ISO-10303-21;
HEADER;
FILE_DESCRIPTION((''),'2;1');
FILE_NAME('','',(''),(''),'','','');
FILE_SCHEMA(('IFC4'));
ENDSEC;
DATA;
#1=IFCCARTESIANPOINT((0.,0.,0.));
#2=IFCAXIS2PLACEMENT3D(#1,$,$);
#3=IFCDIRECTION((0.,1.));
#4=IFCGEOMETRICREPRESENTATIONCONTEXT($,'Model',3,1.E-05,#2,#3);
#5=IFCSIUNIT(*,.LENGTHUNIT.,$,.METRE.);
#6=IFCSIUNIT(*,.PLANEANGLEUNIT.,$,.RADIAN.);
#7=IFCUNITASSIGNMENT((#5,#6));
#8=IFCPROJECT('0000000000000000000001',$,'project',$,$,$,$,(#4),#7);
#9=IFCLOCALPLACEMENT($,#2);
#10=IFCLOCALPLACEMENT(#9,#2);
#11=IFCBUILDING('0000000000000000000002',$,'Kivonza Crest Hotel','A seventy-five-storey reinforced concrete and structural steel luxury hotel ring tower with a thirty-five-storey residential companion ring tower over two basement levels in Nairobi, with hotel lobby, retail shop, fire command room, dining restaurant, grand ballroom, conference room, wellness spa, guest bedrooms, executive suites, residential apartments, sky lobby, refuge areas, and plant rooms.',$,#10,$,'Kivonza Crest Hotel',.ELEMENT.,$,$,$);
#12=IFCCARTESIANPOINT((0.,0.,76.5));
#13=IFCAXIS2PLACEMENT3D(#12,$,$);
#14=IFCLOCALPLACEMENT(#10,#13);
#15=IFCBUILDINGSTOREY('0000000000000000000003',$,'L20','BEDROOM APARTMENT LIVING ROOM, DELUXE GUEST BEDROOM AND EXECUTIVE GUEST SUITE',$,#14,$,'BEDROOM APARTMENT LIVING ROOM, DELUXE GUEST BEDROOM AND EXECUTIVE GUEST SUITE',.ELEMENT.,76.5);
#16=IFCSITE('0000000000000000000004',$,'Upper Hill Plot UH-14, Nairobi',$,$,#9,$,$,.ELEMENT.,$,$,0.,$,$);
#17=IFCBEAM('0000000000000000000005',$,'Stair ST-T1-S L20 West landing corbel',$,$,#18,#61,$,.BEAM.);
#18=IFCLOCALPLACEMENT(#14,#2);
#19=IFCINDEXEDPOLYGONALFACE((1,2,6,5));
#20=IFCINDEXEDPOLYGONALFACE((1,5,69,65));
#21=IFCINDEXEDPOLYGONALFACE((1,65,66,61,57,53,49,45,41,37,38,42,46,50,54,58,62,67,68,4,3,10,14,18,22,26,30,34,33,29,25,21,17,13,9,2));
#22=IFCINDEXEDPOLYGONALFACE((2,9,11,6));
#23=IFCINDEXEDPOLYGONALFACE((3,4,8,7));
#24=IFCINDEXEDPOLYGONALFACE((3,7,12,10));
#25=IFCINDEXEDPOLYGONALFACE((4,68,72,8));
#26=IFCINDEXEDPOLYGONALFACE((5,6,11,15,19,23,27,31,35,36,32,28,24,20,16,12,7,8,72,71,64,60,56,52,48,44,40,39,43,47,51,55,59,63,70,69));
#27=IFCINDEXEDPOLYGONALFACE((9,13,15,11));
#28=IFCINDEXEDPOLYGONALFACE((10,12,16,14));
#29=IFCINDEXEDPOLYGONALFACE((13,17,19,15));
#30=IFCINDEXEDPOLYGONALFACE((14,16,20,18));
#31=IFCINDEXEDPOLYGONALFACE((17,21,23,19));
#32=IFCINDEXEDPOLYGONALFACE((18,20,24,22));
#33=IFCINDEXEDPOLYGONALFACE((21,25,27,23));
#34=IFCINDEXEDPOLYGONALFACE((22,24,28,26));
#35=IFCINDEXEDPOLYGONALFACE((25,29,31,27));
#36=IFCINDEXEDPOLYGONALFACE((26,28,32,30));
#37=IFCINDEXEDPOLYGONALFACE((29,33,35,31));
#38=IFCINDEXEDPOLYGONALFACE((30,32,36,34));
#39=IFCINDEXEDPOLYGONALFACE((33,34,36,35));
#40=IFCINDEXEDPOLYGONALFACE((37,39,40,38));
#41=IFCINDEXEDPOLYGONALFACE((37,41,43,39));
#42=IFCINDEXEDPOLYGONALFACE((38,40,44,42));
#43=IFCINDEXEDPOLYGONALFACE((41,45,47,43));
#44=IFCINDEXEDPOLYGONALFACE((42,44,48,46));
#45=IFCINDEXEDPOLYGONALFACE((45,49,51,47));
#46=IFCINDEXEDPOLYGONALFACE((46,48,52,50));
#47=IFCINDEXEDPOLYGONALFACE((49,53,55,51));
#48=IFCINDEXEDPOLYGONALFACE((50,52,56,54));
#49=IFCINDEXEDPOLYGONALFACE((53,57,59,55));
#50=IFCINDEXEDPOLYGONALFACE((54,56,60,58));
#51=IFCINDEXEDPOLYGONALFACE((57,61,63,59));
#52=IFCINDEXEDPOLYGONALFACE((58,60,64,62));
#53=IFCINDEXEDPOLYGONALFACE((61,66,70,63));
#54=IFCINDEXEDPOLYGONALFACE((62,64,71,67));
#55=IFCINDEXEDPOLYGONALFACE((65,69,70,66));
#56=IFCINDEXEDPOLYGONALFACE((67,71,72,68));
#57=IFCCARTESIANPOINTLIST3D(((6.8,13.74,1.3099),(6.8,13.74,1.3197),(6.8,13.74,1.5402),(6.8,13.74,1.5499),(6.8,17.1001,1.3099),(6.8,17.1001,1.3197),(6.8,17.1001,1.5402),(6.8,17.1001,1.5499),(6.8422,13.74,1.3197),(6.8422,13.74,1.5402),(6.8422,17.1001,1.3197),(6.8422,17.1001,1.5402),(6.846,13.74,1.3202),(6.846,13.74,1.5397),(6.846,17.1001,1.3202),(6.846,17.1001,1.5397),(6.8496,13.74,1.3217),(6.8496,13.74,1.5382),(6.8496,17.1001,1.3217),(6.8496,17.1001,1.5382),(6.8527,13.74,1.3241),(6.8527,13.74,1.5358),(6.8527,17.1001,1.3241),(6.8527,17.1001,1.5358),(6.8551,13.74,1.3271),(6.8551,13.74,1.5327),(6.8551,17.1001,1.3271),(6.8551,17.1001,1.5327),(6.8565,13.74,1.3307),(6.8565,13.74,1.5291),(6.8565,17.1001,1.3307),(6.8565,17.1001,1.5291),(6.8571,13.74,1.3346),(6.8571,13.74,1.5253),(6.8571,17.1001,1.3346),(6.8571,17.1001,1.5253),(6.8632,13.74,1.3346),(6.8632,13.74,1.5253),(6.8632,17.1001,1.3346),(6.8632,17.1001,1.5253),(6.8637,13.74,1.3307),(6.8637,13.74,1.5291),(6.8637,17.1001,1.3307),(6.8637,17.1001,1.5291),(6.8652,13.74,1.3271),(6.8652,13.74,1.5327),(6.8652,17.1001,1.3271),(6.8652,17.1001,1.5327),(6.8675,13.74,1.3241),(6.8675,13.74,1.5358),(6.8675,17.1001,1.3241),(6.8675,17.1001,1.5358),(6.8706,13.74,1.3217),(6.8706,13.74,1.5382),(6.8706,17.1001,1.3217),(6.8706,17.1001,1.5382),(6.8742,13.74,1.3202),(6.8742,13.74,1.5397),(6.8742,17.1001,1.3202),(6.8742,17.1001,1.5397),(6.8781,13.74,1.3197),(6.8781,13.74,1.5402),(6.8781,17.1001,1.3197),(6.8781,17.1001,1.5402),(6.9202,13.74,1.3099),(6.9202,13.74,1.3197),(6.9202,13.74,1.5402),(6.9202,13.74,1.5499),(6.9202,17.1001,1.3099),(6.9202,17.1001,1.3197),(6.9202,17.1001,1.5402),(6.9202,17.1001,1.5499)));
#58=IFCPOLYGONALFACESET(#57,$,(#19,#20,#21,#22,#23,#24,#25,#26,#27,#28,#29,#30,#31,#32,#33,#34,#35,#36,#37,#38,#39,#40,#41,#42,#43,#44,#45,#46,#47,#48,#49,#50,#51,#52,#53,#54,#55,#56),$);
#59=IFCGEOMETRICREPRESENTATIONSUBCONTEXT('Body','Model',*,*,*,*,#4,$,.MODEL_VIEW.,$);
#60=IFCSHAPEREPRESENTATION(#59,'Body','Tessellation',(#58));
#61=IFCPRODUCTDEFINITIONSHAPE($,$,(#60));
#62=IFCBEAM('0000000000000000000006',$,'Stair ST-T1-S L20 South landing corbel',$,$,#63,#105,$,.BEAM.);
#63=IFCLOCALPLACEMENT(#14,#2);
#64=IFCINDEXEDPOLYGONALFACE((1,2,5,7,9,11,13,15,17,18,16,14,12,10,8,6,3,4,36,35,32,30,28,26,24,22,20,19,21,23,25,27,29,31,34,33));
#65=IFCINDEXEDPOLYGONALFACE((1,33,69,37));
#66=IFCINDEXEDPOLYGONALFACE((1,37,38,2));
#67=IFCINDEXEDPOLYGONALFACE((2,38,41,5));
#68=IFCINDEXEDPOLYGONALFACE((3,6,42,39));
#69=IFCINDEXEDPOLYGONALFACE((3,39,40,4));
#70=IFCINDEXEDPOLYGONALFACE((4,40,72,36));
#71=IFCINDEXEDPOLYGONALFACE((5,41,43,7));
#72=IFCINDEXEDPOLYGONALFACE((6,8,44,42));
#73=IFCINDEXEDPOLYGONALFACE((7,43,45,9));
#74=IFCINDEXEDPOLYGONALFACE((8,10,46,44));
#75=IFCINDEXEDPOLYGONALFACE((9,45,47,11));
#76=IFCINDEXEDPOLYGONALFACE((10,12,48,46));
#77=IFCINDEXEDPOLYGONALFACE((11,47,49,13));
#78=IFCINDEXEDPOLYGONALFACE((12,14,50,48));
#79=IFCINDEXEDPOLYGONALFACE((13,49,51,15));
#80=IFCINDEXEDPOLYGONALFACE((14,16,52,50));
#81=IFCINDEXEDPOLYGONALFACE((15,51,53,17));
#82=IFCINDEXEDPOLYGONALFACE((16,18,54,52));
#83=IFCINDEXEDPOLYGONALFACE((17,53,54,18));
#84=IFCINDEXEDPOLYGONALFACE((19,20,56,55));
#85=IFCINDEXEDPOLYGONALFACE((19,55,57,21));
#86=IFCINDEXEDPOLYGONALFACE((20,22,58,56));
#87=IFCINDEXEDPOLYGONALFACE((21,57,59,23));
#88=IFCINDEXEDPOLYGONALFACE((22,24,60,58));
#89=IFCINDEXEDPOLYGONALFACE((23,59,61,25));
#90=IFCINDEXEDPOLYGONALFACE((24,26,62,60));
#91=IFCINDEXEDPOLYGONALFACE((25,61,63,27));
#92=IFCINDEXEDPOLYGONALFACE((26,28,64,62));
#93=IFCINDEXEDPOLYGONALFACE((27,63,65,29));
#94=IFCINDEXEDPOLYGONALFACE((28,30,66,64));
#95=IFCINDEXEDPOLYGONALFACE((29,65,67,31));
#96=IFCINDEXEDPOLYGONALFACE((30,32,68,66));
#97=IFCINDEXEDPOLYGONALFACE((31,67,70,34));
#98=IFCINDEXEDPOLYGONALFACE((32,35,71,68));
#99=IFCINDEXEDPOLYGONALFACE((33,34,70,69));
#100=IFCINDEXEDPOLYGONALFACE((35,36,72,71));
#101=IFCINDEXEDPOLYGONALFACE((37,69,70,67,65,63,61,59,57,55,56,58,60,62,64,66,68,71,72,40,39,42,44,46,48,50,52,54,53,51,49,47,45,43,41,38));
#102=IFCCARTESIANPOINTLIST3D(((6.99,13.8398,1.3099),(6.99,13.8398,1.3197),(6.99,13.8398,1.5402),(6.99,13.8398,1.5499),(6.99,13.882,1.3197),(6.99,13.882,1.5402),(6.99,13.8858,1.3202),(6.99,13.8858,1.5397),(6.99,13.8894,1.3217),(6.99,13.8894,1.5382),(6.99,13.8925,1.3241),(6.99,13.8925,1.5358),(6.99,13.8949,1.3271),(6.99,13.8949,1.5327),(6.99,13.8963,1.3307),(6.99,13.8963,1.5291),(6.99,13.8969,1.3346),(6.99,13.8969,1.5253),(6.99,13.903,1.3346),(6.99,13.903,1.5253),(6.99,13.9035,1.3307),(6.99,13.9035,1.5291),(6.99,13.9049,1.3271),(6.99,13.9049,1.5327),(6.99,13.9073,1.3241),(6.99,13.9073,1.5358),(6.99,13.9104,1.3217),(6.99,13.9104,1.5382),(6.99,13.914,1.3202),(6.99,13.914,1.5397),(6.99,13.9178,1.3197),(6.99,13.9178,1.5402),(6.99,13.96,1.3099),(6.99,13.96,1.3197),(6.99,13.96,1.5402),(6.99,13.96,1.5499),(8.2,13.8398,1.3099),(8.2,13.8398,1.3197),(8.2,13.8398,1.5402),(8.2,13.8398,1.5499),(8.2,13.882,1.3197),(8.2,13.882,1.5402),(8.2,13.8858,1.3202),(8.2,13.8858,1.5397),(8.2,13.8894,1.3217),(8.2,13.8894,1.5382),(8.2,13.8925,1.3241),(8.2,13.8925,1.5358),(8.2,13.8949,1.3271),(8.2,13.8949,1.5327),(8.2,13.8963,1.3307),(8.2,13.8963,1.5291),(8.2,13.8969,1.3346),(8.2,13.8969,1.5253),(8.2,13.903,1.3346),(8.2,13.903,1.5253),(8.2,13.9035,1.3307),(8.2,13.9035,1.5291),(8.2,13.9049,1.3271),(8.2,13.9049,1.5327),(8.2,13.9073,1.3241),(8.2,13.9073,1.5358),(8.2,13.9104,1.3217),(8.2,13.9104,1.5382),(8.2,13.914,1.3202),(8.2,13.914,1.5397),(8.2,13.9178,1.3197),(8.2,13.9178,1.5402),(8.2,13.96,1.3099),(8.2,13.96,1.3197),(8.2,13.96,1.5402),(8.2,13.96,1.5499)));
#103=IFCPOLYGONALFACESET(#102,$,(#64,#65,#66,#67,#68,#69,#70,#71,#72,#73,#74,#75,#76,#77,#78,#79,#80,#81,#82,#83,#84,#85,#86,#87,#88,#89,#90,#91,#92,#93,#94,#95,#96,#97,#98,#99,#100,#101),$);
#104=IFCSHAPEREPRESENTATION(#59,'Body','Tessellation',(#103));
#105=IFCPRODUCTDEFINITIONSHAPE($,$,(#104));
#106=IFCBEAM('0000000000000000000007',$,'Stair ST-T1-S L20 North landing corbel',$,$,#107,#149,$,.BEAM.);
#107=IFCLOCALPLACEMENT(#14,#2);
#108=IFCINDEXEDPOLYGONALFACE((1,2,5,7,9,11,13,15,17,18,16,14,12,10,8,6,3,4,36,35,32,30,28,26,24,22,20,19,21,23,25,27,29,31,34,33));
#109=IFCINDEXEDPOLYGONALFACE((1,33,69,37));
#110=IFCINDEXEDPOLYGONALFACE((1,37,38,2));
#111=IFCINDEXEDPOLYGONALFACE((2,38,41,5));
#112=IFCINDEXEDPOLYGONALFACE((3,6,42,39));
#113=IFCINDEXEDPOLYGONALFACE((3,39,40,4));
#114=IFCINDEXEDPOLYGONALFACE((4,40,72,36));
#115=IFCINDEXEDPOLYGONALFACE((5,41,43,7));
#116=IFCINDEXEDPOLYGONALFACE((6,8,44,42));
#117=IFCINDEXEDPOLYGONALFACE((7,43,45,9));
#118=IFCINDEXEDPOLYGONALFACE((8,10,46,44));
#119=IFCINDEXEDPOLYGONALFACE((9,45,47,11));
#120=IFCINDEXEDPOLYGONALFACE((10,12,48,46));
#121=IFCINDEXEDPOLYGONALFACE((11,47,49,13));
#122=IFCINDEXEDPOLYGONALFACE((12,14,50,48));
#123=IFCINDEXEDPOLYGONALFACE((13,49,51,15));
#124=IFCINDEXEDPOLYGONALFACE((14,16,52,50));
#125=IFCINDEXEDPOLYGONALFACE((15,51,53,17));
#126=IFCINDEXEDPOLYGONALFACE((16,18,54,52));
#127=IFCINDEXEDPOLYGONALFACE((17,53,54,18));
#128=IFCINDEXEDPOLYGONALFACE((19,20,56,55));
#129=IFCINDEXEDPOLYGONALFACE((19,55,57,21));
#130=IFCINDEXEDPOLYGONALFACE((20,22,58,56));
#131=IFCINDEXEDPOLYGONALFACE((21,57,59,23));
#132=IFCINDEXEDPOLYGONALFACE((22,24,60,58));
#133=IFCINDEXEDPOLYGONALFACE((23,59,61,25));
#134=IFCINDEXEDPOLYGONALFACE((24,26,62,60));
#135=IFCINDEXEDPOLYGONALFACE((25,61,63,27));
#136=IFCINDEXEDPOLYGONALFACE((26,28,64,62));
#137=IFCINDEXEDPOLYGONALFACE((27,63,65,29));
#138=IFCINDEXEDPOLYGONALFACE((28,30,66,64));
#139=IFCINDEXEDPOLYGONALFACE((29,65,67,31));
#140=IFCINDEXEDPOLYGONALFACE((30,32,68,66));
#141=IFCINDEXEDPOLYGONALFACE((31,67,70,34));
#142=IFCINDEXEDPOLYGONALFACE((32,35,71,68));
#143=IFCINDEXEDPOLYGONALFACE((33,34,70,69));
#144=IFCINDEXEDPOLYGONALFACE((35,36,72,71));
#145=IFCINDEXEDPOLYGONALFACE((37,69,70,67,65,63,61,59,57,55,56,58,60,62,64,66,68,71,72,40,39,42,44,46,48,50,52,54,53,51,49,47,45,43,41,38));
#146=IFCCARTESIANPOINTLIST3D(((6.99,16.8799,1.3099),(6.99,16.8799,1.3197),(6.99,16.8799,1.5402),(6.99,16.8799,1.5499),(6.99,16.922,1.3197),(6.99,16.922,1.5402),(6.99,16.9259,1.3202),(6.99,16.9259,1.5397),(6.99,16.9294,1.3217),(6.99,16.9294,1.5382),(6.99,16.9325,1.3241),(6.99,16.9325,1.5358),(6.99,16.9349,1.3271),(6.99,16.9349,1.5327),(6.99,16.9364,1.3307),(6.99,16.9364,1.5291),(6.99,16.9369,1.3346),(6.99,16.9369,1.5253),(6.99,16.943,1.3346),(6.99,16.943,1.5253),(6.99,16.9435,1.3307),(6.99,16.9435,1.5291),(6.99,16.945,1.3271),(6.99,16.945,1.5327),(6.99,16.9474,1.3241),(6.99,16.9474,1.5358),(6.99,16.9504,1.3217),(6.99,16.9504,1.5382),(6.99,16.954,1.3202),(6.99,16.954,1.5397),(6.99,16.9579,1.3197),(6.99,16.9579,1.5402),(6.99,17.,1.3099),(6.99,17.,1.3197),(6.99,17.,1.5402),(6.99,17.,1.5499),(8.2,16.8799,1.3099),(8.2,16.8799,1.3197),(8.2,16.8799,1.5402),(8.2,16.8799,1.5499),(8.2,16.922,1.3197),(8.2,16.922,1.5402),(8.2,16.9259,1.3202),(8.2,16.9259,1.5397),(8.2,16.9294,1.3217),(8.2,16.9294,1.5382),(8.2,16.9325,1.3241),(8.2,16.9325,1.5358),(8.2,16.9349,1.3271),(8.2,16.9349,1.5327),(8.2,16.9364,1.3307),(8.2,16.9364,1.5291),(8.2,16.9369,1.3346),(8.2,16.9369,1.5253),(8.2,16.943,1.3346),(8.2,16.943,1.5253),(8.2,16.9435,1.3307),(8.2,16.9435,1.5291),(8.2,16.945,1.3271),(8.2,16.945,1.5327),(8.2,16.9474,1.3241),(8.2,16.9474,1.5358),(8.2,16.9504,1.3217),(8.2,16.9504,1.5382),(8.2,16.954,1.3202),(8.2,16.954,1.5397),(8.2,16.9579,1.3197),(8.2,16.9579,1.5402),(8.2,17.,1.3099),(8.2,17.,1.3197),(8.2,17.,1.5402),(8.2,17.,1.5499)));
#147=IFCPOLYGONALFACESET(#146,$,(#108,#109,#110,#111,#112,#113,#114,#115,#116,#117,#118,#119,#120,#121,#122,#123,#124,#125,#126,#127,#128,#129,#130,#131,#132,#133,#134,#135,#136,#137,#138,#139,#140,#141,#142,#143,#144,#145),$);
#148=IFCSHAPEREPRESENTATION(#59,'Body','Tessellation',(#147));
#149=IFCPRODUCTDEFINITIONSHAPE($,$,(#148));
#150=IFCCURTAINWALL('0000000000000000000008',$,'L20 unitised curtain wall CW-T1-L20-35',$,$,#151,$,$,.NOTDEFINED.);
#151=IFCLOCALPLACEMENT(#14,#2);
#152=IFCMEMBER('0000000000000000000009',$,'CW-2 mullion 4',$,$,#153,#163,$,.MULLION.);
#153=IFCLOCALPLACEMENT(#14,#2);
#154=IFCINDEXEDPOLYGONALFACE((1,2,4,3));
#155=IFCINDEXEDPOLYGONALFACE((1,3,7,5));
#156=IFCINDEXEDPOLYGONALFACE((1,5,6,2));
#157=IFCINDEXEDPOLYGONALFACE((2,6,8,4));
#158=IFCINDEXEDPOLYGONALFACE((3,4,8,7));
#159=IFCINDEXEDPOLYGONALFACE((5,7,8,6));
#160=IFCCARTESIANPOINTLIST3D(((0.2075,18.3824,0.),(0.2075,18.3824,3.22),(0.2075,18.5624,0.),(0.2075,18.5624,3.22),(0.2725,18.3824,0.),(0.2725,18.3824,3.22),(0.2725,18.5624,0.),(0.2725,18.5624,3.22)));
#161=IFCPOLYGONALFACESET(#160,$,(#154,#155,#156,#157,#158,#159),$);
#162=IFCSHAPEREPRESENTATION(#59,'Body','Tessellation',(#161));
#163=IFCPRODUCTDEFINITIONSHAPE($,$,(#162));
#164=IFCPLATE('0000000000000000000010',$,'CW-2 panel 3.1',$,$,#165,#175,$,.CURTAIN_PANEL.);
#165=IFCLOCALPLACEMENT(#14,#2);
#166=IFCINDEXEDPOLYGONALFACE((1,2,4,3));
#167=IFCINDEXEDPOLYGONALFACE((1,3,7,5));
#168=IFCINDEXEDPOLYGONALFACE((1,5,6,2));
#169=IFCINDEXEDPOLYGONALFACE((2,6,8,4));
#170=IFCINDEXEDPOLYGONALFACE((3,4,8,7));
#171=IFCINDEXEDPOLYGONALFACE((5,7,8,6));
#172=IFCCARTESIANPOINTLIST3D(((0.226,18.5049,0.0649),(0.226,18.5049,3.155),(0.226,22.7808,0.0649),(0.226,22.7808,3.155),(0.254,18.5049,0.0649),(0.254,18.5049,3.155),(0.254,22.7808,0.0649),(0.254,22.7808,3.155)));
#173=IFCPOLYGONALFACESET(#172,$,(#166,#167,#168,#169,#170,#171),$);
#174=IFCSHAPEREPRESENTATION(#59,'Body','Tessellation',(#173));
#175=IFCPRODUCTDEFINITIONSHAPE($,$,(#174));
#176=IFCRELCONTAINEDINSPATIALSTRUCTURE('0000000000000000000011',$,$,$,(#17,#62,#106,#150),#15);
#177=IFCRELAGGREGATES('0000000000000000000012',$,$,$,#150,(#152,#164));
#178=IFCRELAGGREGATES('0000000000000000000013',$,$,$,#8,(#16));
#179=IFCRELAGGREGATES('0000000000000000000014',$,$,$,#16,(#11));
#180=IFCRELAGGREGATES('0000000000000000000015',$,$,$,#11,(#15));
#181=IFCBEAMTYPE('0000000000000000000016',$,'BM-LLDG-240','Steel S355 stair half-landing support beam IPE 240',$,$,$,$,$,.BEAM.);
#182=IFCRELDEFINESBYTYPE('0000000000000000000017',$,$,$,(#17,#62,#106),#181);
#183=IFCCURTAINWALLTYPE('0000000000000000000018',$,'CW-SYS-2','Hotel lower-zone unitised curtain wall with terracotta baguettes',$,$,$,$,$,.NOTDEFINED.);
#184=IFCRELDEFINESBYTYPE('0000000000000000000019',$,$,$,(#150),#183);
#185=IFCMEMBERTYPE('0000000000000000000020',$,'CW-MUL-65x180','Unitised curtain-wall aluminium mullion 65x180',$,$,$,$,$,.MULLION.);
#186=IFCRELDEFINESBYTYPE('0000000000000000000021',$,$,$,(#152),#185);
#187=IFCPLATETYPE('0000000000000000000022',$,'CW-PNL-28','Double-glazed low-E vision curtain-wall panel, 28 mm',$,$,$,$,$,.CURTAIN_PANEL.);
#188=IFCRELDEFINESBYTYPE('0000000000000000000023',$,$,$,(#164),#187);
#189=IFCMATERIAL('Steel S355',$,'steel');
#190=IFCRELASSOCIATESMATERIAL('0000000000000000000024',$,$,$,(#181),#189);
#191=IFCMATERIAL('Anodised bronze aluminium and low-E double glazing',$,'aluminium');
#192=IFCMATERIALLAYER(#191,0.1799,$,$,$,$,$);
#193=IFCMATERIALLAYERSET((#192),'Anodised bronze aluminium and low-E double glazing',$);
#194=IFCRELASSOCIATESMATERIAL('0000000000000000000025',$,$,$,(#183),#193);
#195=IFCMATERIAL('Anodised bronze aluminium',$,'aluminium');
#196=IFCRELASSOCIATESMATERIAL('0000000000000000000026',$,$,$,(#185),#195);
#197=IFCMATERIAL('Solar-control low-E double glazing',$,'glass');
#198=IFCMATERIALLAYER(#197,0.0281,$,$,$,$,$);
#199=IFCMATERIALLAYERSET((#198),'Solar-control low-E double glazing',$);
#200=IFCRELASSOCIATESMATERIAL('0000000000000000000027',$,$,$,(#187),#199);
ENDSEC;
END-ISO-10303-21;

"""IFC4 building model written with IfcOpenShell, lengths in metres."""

from ifc_helpers import new_model, si_unit, direction, frame, origin, origin_2d, place, context, subcontext, project, spatial, rectangle, i_section, extrude, material, layer, layer_set, material_profile, profile_set, type_object, element, aggregate, save


model = new_model("IFC4")

# Units and contexts
model_context = context("Model", 3, precision=1e-05, world=origin(), true_north=direction((0.0, 1.0)))
body_context = subcontext(model_context, "Body", "Model", "MODEL_VIEW")
ifc_project = project(units=[si_unit("LENGTHUNIT", "METRE"), si_unit("PLANEANGLEUNIT", "RADIAN")], contexts=[model_context])

# Site, building, storey
site_placement = place(None, origin())
site = spatial("IfcSite", under=ifc_project, at=site_placement, Name="Upper Hill Plot UH-14, Nairobi", CompositionType="ELEMENT", RefElevation=0.0)
building_placement = place(site_placement, origin())
building = spatial("IfcBuilding", under=site, at=building_placement, Name="Kivonza Crest Hotel", Description="A seventy-five-storey reinforced concrete and structural steel luxury hotel ring tower with a thirty-five-storey residential companion ring tower over two basement levels in Nairobi, with hotel lobby, retail shop, fire command room, dining restaurant, grand ballroom, conference room, wellness spa, guest bedrooms, executive suites, residential apartments, sky lobby, refuge areas, and plant rooms.", LongName="Kivonza Crest Hotel", CompositionType="ELEMENT")
storey_placement = place(building_placement, frame((0.0, 0.0, 76.5)))
storey = spatial("IfcBuildingStorey", under=building, at=storey_placement, Name="L20", Description="BEDROOM APARTMENT LIVING ROOM, DELUXE GUEST BEDROOM AND EXECUTIVE GUEST SUITE", LongName="BEDROOM APARTMENT LIVING ROOM, DELUXE GUEST BEDROOM AND EXECUTIVE GUEST SUITE", CompositionType="ELEMENT", Elevation=76.5)

# Beams
ifc_material_1 = material(Name="Steel S355", Category="steel")
ifc_material_profile_1 = material_profile(ifc_material_1, i_section(OverallWidth=0.1201, OverallDepth=0.24, WebThickness=0.0061, FlangeThickness=0.0098, FilletRadius=0.0149, at=origin_2d()), Name="IPE 240")
ifc_profile_set_1 = profile_set([ifc_material_profile_1], Name="Steel S355")
beam_type_1 = type_object("IfcBeamType", Name="BM-LLDG-240", Description="Steel S355 stair half-landing support beam IPE 240", PredefinedType="BEAM", material=ifc_profile_set_1)
beam_1_placement = place(storey_placement, frame((6.8601, 13.74, 1.4299), z_axis=(0.0, 1.0, 0.0), x_axis=(-1.0, 0.0, 0.0)))
element("IfcBeam", 1, at=beam_1_placement, inside=storey, type_object=beam_type_1, Name="Stair ST-T1-S L20 West landing corbel", PredefinedType="BEAM", context=body_context, shape_type="SweptSolid", body=[
    extrude(i_section(OverallWidth=0.1201, OverallDepth=0.24, WebThickness=0.0061, FlangeThickness=0.0098, FilletRadius=0.0149, at=origin_2d()), origin(), (0.0, 0.0, 1.0), 3.3601),
])
for number, where, z_axis, x_axis, name in (
    (2, (6.99, 13.8999, 1.4299), (1.0, 0.0, 0.0), (0.0, 1.0, 0.0), "Stair ST-T1-S L20 South landing corbel"),
    (3, (6.99, 16.9399, 1.4299), (1.0, 0.0, 0.0), (0.0, 1.0, 0.0), "Stair ST-T1-S L20 North landing corbel"),
):
    element("IfcBeam", number, at=place(storey_placement, frame(where, z_axis=z_axis, x_axis=x_axis)), inside=storey, type_object=beam_type_1, Name=name, PredefinedType="BEAM", context=body_context, shape_type="SweptSolid", body=[
        extrude(i_section(OverallWidth=0.1201, OverallDepth=0.24, WebThickness=0.0061, FlangeThickness=0.0098, FilletRadius=0.0149, at=origin_2d()), origin(), (0.0, 0.0, 1.0), 1.21),
    ])

# Curtain wall, member, plate
ifc_material_2 = material(Name="Anodised bronze aluminium and low-E double glazing", Category="aluminium")
ifc_layer_1 = layer(ifc_material_2, 0.1799)
ifc_layer_set_1 = layer_set([ifc_layer_1], Name="Anodised bronze aluminium and low-E double glazing")
curtain_wall_type = type_object("IfcCurtainWallType", Name="CW-SYS-2", Description="Hotel lower-zone unitised curtain wall with terracotta baguettes", PredefinedType="NOTDEFINED", material=ifc_layer_set_1)
curtain_wall_placement = place(storey_placement, origin())
curtain_wall = element("IfcCurtainWall", 4, at=curtain_wall_placement, inside=storey, type_object=curtain_wall_type, Name="L20 unitised curtain wall CW-T1-L20-35", PredefinedType="NOTDEFINED")
ifc_material_3 = material(Name="Anodised bronze aluminium", Category="aluminium")
ifc_material_profile_2 = material_profile(ifc_material_3, rectangle(XDim=0.0649, YDim=0.1799, at=origin_2d()), Name="CW-M 65x180")
ifc_profile_set_2 = profile_set([ifc_material_profile_2], Name="Anodised bronze aluminium")
member_type = type_object("IfcMemberType", Name="CW-MUL-65x180", Description="Unitised curtain-wall aluminium mullion 65x180", PredefinedType="MULLION", material=ifc_profile_set_2)
member_placement = place(storey_placement, frame((0.24, 18.4724, 0.0), z_axis=(0.0, 0.0, 1.0), x_axis=(1.0, 0.0, 0.0)))
member = element("IfcMember", 5, at=member_placement, type_object=member_type, Name="CW-2 mullion 4", PredefinedType="MULLION", context=body_context, shape_type="SweptSolid", body=[
    extrude(rectangle(XDim=0.0649, YDim=0.1799, at=origin_2d()), origin(), (0.0, 0.0, 1.0), 3.22),
])
ifc_material_4 = material(Name="Solar-control low-E double glazing", Category="glass")
ifc_layer_2 = layer(ifc_material_4, 0.0281)
ifc_layer_set_2 = layer_set([ifc_layer_2], Name="Solar-control low-E double glazing")
plate_type = type_object("IfcPlateType", Name="CW-PNL-28", Description="Double-glazed low-E vision curtain-wall panel, 28 mm", PredefinedType="CURTAIN_PANEL", material=ifc_layer_set_2)
plate_placement = place(storey_placement, frame((0.24, 20.6428, 0.0649), z_axis=(0.0, 0.0, 1.0), x_axis=(0.0, -1.0, 0.0)))
plate = element("IfcPlate", 6, at=plate_placement, type_object=plate_type, Name="CW-2 panel 3.1", PredefinedType="CURTAIN_PANEL", context=body_context, shape_type="SweptSolid", body=[
    extrude(rectangle(XDim=4.2759, YDim=0.0281, at=origin_2d()), origin(), (0.0, 0.0, 1.0), 3.0901),
])
aggregate(curtain_wall, [member, plate])

save(model, "model.ifc")
